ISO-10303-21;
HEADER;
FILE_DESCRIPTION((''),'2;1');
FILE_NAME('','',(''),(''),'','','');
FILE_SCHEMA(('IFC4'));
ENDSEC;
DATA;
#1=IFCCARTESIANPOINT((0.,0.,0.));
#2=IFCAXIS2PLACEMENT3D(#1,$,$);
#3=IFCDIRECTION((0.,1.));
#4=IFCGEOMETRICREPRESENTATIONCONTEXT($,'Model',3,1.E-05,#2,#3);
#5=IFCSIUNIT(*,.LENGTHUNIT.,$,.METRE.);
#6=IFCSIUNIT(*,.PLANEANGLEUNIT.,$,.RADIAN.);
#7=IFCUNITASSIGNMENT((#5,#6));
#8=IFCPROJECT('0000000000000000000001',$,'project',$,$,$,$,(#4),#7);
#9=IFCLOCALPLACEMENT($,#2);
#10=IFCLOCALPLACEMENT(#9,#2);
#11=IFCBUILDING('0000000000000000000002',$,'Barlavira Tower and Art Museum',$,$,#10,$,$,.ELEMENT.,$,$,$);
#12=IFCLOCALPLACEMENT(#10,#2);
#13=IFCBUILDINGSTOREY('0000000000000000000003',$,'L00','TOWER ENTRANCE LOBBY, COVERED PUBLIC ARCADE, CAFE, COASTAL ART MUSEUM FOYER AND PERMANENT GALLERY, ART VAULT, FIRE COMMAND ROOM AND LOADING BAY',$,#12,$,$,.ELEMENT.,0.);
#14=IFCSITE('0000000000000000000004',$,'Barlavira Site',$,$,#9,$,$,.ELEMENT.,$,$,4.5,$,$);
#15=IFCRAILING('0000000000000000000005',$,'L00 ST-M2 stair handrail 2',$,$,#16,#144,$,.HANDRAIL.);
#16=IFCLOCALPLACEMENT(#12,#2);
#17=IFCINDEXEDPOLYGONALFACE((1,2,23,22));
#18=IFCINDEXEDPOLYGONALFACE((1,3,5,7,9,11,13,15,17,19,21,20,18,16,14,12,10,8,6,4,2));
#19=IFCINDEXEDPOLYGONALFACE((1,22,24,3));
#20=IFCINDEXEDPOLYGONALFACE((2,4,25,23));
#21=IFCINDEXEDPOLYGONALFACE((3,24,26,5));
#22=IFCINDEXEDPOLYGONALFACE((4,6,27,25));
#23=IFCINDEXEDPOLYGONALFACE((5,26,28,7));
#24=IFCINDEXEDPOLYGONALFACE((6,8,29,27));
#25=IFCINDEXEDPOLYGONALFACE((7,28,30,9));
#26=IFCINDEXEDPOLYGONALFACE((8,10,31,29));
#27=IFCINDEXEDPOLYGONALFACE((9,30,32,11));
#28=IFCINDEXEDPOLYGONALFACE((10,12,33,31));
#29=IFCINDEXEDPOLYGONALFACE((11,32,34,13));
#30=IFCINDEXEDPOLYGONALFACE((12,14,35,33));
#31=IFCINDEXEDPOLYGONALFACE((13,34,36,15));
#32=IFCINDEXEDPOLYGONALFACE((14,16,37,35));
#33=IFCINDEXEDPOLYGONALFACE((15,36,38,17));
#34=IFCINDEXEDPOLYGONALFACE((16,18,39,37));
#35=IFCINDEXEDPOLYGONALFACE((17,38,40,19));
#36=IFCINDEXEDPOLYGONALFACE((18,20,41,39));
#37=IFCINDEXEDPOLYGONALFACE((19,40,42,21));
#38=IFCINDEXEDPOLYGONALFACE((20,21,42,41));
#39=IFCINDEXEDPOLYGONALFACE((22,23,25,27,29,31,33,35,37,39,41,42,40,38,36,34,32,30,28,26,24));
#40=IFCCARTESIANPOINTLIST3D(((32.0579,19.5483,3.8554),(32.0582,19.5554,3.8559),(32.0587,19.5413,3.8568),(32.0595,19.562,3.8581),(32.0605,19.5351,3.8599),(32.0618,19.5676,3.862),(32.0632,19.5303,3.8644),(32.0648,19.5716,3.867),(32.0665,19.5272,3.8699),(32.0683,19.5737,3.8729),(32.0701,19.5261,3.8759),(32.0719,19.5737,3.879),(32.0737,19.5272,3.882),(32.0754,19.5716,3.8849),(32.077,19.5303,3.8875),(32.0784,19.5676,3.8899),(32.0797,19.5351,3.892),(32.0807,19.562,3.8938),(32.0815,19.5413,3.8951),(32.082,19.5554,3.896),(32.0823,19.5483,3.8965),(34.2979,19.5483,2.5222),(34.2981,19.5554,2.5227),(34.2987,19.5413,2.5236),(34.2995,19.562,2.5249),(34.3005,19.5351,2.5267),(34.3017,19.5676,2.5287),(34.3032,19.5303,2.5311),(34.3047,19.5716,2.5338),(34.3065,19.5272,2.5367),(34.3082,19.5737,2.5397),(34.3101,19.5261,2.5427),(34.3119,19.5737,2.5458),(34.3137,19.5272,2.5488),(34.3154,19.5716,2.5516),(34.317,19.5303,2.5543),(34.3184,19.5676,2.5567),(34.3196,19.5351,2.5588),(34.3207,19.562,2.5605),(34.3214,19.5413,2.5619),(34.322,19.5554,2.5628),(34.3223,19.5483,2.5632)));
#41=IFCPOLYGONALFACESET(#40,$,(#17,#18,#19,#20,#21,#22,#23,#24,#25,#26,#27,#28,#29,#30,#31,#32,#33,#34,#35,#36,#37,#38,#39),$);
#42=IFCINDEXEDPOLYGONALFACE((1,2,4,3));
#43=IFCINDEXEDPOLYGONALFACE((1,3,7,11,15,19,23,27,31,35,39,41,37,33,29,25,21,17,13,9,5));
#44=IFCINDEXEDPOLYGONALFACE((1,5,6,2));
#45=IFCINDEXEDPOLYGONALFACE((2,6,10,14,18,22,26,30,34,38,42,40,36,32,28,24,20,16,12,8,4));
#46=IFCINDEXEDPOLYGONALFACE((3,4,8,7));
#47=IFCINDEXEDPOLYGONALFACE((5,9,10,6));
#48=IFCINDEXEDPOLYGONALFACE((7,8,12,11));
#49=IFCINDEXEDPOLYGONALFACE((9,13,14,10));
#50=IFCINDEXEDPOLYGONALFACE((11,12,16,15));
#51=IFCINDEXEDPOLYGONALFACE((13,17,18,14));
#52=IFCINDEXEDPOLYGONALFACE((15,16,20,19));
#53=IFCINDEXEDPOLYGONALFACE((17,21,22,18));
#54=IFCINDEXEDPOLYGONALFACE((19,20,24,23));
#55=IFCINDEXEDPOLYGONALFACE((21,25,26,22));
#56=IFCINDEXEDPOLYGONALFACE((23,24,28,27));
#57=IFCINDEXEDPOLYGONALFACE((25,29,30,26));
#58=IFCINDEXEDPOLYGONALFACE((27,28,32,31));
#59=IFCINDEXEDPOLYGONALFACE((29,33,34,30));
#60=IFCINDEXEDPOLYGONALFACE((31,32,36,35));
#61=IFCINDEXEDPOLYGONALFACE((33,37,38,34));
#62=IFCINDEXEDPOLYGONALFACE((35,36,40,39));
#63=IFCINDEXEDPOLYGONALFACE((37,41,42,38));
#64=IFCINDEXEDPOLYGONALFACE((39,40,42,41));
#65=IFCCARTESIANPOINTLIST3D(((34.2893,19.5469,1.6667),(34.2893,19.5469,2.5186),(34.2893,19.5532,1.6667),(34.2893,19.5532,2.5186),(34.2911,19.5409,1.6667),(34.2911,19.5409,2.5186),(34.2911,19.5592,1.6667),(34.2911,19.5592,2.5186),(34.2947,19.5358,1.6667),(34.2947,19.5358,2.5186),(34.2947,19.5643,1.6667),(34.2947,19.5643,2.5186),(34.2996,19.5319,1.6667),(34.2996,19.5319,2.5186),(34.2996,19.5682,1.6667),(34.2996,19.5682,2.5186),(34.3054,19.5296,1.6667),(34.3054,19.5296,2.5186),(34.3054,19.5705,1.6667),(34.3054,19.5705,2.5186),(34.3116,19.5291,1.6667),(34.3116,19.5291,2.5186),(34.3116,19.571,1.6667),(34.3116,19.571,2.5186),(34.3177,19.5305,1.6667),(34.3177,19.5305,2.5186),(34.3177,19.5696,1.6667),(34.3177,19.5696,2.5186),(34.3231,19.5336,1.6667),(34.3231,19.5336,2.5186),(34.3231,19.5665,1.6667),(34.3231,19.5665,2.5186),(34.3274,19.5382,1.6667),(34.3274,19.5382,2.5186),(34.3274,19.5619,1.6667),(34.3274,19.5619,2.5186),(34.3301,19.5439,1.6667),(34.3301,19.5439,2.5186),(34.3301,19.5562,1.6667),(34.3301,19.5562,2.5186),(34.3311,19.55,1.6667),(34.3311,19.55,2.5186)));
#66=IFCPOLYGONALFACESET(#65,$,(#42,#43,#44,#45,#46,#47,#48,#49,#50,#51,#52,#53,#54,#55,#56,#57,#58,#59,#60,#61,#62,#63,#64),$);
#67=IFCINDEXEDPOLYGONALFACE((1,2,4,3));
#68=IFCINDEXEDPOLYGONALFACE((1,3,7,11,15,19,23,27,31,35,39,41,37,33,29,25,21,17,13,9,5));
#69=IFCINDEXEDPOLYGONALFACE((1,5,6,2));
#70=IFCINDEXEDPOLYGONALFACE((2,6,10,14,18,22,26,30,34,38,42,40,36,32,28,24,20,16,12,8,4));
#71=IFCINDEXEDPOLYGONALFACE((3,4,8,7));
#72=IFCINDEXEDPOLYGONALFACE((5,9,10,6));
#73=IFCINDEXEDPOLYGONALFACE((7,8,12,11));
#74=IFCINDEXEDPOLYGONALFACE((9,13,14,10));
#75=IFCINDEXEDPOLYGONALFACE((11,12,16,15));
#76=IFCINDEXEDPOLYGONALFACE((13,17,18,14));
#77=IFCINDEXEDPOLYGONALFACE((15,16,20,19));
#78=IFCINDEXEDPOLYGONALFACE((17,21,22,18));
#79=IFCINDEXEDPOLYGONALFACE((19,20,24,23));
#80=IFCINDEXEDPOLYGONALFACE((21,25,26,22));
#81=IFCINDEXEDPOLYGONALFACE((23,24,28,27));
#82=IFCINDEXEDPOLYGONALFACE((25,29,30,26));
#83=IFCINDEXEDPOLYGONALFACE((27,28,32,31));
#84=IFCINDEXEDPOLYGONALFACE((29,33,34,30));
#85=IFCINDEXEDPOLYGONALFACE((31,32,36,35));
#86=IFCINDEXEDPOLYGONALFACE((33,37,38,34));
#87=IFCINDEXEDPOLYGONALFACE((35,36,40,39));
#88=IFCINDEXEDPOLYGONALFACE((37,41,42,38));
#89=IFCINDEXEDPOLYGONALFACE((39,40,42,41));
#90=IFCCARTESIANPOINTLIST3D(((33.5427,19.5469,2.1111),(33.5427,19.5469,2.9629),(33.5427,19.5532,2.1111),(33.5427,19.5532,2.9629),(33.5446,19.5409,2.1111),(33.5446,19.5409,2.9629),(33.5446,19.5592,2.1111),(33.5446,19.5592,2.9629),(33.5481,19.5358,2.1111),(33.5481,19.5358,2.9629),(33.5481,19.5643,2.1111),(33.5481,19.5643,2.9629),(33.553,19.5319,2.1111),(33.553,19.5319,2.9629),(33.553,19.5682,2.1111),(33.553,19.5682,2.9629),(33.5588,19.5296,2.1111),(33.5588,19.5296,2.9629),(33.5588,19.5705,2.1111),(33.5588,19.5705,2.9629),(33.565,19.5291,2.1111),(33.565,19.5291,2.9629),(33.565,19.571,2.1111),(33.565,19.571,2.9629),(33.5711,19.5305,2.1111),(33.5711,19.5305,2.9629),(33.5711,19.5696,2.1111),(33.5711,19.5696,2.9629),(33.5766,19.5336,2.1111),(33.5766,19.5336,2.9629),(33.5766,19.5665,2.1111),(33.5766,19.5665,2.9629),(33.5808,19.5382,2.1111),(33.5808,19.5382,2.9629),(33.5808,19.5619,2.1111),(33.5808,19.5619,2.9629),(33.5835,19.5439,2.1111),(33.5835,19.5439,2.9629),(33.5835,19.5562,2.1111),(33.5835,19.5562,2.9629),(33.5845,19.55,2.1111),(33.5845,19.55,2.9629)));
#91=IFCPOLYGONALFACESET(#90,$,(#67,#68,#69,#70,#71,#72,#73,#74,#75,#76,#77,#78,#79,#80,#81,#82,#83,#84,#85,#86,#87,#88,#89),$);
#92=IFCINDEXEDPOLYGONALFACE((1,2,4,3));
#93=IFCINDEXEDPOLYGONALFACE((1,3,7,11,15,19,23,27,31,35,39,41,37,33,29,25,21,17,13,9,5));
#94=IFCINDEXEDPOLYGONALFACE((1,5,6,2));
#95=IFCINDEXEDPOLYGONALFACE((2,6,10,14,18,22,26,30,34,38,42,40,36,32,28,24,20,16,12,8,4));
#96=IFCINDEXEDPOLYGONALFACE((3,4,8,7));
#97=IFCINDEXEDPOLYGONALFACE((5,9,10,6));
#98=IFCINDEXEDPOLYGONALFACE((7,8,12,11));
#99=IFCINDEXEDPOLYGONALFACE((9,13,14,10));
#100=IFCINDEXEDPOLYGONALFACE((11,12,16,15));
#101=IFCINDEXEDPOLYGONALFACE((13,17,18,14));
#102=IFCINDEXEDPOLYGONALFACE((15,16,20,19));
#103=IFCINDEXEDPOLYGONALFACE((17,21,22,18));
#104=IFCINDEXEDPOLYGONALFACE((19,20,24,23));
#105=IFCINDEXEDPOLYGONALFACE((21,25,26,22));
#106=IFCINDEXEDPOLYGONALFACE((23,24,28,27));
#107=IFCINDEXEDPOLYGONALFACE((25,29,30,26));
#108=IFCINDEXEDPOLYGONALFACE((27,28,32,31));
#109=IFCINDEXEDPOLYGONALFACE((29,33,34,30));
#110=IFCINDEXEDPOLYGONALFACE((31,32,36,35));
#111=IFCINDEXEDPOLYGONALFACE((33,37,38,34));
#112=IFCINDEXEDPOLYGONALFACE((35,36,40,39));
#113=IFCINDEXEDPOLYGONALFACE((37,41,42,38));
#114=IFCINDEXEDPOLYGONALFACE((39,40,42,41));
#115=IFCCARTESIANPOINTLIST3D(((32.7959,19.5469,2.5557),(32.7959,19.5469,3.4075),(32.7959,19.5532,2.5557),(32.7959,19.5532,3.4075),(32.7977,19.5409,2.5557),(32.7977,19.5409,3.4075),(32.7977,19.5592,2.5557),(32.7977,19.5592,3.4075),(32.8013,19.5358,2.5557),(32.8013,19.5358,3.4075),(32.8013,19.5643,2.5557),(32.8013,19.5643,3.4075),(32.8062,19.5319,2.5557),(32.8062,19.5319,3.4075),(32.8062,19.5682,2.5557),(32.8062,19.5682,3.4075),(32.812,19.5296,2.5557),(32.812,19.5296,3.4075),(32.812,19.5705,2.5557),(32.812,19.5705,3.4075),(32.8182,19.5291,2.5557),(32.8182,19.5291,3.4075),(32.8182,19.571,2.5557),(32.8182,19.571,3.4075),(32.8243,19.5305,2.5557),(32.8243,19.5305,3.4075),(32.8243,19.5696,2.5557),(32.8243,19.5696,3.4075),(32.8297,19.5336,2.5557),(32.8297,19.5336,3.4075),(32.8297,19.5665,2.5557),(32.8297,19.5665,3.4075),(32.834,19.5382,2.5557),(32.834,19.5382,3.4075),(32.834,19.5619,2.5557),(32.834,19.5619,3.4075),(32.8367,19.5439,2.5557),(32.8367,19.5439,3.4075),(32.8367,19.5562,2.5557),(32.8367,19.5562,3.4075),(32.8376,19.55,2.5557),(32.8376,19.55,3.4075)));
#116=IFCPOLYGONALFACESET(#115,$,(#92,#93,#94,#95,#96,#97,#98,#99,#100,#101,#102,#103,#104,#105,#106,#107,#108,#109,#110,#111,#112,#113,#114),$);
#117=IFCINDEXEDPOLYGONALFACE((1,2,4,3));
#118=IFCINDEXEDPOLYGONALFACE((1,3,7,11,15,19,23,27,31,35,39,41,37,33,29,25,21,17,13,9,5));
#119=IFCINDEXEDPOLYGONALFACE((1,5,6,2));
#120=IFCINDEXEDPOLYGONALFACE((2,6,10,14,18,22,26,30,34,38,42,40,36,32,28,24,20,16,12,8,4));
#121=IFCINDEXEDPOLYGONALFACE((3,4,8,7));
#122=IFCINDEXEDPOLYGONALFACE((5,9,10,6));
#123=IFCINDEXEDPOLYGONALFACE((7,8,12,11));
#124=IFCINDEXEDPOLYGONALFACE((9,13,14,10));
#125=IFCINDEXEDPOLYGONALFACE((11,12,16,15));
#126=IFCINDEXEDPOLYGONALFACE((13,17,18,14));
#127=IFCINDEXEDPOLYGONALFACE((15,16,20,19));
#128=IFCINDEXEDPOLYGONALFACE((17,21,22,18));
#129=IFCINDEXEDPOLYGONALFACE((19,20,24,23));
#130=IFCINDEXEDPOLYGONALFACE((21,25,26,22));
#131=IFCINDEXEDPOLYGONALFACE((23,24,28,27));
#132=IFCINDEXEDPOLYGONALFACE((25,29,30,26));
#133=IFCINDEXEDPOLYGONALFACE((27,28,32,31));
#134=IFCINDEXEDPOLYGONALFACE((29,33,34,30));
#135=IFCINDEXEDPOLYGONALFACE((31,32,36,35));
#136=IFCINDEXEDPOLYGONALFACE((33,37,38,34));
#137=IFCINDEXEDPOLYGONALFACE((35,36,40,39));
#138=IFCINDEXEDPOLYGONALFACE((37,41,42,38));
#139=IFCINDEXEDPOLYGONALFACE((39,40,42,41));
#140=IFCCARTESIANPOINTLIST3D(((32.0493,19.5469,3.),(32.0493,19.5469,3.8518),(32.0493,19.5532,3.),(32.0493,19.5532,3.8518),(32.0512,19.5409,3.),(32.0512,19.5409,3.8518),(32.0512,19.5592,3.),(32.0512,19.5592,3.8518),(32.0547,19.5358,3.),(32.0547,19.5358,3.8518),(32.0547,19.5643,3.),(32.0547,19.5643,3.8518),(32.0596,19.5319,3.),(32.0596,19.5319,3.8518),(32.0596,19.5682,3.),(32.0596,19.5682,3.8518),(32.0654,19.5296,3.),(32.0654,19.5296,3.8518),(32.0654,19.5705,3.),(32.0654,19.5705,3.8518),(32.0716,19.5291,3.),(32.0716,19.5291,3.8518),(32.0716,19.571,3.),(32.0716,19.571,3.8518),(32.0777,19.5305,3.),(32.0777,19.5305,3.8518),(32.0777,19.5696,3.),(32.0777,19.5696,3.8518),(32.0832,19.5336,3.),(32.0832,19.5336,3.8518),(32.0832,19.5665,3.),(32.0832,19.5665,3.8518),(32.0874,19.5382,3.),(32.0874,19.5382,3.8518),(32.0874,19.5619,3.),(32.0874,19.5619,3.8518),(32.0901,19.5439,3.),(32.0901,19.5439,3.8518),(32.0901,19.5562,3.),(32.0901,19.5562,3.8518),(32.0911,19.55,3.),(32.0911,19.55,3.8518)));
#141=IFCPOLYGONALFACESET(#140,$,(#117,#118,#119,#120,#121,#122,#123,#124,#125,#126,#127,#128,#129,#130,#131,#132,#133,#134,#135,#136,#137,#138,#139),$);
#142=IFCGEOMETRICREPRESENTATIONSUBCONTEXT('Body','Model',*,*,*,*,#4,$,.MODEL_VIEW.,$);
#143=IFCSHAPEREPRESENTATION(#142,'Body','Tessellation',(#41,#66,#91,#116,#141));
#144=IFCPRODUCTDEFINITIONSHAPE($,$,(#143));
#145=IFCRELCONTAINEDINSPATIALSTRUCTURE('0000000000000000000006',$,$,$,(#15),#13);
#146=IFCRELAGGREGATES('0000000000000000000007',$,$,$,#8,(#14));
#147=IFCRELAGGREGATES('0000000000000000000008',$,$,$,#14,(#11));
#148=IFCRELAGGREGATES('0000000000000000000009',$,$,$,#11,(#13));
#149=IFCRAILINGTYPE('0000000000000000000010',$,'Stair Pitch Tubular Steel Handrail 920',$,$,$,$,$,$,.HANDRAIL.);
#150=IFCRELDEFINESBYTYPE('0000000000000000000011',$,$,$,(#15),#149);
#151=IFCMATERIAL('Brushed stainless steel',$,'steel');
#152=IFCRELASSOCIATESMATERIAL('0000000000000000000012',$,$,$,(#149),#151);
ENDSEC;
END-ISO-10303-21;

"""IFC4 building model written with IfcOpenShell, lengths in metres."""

from ifc_helpers import new_model, si_unit, direction, frame, origin, origin_2d, place, context, subcontext, project, spatial, circle, extrude, material, type_object, element, save


model = new_model("IFC4")

# Units and contexts
model_context = context("Model", 3, precision=1e-05, world=origin(), true_north=direction((0.0, 1.0)))
body_context = subcontext(model_context, "Body", "Model", "MODEL_VIEW")
ifc_project = project(units=[si_unit("LENGTHUNIT", "METRE"), si_unit("PLANEANGLEUNIT", "RADIAN")], contexts=[model_context])

# Site, building, storey
site_placement = place(None, origin())
site = spatial("IfcSite", under=ifc_project, at=site_placement, Name="Barlavira Site", CompositionType="ELEMENT", RefElevation=4.5)
building_placement = place(site_placement, origin())
building = spatial("IfcBuilding", under=site, at=building_placement, Name="Barlavira Tower and Art Museum", CompositionType="ELEMENT")
storey_placement = place(building_placement, origin())
storey = spatial("IfcBuildingStorey", under=building, at=storey_placement, Name="L00", Description="TOWER ENTRANCE LOBBY, COVERED PUBLIC ARCADE, CAFE, COASTAL ART MUSEUM FOYER AND PERMANENT GALLERY, ART VAULT, FIRE COMMAND ROOM AND LOADING BAY", CompositionType="ELEMENT", Elevation=0.0)

# Shared definitions
ifc_material_1 = material(Name="Brushed stainless steel", Category="steel")

# Railing
railing_type_1 = type_object("IfcRailingType", Name="Stair Pitch Tubular Steel Handrail 920", PredefinedType="HANDRAIL", material=ifc_material_1)
for number, where, name in (
    (1, (34.3101, 19.55, 1.6667), "L00 ST-M2 stair handrail 2"),
):
    element("IfcRailing", number, at=place(storey_placement, frame(where)), inside=storey, type_object=railing_type_1, Name=name, PredefinedType="HANDRAIL", context=body_context, shape_type="SweptSolid", body=[
        extrude(circle(Radius=0.0239, at=origin_2d()), frame((0.0, 0.0, 0.876), z_axis=(-0.859306, 0.0, 0.511462), x_axis=(0.0, -1.0, 0.0)), (0.0, 0.0, 1.0), 2.6067),
        extrude(circle(Radius=0.021, at=origin_2d()), origin(), (0.0, 0.0, 1.0), 0.8518),
        extrude(circle(Radius=0.021, at=origin_2d()), frame((-0.7466, 0.0, 0.4443)), (0.0, 0.0, 1.0), 0.8518),
        extrude(circle(Radius=0.021, at=origin_2d()), frame((-1.4934, 0.0, 0.8889)), (0.0, 0.0, 1.0), 0.8518),
        extrude(circle(Radius=0.021, at=origin_2d()), frame((-2.24, 0.0, 1.3333)), (0.0, 0.0, 1.0), 0.8518),
    ])

save(model, "model.ifc")
